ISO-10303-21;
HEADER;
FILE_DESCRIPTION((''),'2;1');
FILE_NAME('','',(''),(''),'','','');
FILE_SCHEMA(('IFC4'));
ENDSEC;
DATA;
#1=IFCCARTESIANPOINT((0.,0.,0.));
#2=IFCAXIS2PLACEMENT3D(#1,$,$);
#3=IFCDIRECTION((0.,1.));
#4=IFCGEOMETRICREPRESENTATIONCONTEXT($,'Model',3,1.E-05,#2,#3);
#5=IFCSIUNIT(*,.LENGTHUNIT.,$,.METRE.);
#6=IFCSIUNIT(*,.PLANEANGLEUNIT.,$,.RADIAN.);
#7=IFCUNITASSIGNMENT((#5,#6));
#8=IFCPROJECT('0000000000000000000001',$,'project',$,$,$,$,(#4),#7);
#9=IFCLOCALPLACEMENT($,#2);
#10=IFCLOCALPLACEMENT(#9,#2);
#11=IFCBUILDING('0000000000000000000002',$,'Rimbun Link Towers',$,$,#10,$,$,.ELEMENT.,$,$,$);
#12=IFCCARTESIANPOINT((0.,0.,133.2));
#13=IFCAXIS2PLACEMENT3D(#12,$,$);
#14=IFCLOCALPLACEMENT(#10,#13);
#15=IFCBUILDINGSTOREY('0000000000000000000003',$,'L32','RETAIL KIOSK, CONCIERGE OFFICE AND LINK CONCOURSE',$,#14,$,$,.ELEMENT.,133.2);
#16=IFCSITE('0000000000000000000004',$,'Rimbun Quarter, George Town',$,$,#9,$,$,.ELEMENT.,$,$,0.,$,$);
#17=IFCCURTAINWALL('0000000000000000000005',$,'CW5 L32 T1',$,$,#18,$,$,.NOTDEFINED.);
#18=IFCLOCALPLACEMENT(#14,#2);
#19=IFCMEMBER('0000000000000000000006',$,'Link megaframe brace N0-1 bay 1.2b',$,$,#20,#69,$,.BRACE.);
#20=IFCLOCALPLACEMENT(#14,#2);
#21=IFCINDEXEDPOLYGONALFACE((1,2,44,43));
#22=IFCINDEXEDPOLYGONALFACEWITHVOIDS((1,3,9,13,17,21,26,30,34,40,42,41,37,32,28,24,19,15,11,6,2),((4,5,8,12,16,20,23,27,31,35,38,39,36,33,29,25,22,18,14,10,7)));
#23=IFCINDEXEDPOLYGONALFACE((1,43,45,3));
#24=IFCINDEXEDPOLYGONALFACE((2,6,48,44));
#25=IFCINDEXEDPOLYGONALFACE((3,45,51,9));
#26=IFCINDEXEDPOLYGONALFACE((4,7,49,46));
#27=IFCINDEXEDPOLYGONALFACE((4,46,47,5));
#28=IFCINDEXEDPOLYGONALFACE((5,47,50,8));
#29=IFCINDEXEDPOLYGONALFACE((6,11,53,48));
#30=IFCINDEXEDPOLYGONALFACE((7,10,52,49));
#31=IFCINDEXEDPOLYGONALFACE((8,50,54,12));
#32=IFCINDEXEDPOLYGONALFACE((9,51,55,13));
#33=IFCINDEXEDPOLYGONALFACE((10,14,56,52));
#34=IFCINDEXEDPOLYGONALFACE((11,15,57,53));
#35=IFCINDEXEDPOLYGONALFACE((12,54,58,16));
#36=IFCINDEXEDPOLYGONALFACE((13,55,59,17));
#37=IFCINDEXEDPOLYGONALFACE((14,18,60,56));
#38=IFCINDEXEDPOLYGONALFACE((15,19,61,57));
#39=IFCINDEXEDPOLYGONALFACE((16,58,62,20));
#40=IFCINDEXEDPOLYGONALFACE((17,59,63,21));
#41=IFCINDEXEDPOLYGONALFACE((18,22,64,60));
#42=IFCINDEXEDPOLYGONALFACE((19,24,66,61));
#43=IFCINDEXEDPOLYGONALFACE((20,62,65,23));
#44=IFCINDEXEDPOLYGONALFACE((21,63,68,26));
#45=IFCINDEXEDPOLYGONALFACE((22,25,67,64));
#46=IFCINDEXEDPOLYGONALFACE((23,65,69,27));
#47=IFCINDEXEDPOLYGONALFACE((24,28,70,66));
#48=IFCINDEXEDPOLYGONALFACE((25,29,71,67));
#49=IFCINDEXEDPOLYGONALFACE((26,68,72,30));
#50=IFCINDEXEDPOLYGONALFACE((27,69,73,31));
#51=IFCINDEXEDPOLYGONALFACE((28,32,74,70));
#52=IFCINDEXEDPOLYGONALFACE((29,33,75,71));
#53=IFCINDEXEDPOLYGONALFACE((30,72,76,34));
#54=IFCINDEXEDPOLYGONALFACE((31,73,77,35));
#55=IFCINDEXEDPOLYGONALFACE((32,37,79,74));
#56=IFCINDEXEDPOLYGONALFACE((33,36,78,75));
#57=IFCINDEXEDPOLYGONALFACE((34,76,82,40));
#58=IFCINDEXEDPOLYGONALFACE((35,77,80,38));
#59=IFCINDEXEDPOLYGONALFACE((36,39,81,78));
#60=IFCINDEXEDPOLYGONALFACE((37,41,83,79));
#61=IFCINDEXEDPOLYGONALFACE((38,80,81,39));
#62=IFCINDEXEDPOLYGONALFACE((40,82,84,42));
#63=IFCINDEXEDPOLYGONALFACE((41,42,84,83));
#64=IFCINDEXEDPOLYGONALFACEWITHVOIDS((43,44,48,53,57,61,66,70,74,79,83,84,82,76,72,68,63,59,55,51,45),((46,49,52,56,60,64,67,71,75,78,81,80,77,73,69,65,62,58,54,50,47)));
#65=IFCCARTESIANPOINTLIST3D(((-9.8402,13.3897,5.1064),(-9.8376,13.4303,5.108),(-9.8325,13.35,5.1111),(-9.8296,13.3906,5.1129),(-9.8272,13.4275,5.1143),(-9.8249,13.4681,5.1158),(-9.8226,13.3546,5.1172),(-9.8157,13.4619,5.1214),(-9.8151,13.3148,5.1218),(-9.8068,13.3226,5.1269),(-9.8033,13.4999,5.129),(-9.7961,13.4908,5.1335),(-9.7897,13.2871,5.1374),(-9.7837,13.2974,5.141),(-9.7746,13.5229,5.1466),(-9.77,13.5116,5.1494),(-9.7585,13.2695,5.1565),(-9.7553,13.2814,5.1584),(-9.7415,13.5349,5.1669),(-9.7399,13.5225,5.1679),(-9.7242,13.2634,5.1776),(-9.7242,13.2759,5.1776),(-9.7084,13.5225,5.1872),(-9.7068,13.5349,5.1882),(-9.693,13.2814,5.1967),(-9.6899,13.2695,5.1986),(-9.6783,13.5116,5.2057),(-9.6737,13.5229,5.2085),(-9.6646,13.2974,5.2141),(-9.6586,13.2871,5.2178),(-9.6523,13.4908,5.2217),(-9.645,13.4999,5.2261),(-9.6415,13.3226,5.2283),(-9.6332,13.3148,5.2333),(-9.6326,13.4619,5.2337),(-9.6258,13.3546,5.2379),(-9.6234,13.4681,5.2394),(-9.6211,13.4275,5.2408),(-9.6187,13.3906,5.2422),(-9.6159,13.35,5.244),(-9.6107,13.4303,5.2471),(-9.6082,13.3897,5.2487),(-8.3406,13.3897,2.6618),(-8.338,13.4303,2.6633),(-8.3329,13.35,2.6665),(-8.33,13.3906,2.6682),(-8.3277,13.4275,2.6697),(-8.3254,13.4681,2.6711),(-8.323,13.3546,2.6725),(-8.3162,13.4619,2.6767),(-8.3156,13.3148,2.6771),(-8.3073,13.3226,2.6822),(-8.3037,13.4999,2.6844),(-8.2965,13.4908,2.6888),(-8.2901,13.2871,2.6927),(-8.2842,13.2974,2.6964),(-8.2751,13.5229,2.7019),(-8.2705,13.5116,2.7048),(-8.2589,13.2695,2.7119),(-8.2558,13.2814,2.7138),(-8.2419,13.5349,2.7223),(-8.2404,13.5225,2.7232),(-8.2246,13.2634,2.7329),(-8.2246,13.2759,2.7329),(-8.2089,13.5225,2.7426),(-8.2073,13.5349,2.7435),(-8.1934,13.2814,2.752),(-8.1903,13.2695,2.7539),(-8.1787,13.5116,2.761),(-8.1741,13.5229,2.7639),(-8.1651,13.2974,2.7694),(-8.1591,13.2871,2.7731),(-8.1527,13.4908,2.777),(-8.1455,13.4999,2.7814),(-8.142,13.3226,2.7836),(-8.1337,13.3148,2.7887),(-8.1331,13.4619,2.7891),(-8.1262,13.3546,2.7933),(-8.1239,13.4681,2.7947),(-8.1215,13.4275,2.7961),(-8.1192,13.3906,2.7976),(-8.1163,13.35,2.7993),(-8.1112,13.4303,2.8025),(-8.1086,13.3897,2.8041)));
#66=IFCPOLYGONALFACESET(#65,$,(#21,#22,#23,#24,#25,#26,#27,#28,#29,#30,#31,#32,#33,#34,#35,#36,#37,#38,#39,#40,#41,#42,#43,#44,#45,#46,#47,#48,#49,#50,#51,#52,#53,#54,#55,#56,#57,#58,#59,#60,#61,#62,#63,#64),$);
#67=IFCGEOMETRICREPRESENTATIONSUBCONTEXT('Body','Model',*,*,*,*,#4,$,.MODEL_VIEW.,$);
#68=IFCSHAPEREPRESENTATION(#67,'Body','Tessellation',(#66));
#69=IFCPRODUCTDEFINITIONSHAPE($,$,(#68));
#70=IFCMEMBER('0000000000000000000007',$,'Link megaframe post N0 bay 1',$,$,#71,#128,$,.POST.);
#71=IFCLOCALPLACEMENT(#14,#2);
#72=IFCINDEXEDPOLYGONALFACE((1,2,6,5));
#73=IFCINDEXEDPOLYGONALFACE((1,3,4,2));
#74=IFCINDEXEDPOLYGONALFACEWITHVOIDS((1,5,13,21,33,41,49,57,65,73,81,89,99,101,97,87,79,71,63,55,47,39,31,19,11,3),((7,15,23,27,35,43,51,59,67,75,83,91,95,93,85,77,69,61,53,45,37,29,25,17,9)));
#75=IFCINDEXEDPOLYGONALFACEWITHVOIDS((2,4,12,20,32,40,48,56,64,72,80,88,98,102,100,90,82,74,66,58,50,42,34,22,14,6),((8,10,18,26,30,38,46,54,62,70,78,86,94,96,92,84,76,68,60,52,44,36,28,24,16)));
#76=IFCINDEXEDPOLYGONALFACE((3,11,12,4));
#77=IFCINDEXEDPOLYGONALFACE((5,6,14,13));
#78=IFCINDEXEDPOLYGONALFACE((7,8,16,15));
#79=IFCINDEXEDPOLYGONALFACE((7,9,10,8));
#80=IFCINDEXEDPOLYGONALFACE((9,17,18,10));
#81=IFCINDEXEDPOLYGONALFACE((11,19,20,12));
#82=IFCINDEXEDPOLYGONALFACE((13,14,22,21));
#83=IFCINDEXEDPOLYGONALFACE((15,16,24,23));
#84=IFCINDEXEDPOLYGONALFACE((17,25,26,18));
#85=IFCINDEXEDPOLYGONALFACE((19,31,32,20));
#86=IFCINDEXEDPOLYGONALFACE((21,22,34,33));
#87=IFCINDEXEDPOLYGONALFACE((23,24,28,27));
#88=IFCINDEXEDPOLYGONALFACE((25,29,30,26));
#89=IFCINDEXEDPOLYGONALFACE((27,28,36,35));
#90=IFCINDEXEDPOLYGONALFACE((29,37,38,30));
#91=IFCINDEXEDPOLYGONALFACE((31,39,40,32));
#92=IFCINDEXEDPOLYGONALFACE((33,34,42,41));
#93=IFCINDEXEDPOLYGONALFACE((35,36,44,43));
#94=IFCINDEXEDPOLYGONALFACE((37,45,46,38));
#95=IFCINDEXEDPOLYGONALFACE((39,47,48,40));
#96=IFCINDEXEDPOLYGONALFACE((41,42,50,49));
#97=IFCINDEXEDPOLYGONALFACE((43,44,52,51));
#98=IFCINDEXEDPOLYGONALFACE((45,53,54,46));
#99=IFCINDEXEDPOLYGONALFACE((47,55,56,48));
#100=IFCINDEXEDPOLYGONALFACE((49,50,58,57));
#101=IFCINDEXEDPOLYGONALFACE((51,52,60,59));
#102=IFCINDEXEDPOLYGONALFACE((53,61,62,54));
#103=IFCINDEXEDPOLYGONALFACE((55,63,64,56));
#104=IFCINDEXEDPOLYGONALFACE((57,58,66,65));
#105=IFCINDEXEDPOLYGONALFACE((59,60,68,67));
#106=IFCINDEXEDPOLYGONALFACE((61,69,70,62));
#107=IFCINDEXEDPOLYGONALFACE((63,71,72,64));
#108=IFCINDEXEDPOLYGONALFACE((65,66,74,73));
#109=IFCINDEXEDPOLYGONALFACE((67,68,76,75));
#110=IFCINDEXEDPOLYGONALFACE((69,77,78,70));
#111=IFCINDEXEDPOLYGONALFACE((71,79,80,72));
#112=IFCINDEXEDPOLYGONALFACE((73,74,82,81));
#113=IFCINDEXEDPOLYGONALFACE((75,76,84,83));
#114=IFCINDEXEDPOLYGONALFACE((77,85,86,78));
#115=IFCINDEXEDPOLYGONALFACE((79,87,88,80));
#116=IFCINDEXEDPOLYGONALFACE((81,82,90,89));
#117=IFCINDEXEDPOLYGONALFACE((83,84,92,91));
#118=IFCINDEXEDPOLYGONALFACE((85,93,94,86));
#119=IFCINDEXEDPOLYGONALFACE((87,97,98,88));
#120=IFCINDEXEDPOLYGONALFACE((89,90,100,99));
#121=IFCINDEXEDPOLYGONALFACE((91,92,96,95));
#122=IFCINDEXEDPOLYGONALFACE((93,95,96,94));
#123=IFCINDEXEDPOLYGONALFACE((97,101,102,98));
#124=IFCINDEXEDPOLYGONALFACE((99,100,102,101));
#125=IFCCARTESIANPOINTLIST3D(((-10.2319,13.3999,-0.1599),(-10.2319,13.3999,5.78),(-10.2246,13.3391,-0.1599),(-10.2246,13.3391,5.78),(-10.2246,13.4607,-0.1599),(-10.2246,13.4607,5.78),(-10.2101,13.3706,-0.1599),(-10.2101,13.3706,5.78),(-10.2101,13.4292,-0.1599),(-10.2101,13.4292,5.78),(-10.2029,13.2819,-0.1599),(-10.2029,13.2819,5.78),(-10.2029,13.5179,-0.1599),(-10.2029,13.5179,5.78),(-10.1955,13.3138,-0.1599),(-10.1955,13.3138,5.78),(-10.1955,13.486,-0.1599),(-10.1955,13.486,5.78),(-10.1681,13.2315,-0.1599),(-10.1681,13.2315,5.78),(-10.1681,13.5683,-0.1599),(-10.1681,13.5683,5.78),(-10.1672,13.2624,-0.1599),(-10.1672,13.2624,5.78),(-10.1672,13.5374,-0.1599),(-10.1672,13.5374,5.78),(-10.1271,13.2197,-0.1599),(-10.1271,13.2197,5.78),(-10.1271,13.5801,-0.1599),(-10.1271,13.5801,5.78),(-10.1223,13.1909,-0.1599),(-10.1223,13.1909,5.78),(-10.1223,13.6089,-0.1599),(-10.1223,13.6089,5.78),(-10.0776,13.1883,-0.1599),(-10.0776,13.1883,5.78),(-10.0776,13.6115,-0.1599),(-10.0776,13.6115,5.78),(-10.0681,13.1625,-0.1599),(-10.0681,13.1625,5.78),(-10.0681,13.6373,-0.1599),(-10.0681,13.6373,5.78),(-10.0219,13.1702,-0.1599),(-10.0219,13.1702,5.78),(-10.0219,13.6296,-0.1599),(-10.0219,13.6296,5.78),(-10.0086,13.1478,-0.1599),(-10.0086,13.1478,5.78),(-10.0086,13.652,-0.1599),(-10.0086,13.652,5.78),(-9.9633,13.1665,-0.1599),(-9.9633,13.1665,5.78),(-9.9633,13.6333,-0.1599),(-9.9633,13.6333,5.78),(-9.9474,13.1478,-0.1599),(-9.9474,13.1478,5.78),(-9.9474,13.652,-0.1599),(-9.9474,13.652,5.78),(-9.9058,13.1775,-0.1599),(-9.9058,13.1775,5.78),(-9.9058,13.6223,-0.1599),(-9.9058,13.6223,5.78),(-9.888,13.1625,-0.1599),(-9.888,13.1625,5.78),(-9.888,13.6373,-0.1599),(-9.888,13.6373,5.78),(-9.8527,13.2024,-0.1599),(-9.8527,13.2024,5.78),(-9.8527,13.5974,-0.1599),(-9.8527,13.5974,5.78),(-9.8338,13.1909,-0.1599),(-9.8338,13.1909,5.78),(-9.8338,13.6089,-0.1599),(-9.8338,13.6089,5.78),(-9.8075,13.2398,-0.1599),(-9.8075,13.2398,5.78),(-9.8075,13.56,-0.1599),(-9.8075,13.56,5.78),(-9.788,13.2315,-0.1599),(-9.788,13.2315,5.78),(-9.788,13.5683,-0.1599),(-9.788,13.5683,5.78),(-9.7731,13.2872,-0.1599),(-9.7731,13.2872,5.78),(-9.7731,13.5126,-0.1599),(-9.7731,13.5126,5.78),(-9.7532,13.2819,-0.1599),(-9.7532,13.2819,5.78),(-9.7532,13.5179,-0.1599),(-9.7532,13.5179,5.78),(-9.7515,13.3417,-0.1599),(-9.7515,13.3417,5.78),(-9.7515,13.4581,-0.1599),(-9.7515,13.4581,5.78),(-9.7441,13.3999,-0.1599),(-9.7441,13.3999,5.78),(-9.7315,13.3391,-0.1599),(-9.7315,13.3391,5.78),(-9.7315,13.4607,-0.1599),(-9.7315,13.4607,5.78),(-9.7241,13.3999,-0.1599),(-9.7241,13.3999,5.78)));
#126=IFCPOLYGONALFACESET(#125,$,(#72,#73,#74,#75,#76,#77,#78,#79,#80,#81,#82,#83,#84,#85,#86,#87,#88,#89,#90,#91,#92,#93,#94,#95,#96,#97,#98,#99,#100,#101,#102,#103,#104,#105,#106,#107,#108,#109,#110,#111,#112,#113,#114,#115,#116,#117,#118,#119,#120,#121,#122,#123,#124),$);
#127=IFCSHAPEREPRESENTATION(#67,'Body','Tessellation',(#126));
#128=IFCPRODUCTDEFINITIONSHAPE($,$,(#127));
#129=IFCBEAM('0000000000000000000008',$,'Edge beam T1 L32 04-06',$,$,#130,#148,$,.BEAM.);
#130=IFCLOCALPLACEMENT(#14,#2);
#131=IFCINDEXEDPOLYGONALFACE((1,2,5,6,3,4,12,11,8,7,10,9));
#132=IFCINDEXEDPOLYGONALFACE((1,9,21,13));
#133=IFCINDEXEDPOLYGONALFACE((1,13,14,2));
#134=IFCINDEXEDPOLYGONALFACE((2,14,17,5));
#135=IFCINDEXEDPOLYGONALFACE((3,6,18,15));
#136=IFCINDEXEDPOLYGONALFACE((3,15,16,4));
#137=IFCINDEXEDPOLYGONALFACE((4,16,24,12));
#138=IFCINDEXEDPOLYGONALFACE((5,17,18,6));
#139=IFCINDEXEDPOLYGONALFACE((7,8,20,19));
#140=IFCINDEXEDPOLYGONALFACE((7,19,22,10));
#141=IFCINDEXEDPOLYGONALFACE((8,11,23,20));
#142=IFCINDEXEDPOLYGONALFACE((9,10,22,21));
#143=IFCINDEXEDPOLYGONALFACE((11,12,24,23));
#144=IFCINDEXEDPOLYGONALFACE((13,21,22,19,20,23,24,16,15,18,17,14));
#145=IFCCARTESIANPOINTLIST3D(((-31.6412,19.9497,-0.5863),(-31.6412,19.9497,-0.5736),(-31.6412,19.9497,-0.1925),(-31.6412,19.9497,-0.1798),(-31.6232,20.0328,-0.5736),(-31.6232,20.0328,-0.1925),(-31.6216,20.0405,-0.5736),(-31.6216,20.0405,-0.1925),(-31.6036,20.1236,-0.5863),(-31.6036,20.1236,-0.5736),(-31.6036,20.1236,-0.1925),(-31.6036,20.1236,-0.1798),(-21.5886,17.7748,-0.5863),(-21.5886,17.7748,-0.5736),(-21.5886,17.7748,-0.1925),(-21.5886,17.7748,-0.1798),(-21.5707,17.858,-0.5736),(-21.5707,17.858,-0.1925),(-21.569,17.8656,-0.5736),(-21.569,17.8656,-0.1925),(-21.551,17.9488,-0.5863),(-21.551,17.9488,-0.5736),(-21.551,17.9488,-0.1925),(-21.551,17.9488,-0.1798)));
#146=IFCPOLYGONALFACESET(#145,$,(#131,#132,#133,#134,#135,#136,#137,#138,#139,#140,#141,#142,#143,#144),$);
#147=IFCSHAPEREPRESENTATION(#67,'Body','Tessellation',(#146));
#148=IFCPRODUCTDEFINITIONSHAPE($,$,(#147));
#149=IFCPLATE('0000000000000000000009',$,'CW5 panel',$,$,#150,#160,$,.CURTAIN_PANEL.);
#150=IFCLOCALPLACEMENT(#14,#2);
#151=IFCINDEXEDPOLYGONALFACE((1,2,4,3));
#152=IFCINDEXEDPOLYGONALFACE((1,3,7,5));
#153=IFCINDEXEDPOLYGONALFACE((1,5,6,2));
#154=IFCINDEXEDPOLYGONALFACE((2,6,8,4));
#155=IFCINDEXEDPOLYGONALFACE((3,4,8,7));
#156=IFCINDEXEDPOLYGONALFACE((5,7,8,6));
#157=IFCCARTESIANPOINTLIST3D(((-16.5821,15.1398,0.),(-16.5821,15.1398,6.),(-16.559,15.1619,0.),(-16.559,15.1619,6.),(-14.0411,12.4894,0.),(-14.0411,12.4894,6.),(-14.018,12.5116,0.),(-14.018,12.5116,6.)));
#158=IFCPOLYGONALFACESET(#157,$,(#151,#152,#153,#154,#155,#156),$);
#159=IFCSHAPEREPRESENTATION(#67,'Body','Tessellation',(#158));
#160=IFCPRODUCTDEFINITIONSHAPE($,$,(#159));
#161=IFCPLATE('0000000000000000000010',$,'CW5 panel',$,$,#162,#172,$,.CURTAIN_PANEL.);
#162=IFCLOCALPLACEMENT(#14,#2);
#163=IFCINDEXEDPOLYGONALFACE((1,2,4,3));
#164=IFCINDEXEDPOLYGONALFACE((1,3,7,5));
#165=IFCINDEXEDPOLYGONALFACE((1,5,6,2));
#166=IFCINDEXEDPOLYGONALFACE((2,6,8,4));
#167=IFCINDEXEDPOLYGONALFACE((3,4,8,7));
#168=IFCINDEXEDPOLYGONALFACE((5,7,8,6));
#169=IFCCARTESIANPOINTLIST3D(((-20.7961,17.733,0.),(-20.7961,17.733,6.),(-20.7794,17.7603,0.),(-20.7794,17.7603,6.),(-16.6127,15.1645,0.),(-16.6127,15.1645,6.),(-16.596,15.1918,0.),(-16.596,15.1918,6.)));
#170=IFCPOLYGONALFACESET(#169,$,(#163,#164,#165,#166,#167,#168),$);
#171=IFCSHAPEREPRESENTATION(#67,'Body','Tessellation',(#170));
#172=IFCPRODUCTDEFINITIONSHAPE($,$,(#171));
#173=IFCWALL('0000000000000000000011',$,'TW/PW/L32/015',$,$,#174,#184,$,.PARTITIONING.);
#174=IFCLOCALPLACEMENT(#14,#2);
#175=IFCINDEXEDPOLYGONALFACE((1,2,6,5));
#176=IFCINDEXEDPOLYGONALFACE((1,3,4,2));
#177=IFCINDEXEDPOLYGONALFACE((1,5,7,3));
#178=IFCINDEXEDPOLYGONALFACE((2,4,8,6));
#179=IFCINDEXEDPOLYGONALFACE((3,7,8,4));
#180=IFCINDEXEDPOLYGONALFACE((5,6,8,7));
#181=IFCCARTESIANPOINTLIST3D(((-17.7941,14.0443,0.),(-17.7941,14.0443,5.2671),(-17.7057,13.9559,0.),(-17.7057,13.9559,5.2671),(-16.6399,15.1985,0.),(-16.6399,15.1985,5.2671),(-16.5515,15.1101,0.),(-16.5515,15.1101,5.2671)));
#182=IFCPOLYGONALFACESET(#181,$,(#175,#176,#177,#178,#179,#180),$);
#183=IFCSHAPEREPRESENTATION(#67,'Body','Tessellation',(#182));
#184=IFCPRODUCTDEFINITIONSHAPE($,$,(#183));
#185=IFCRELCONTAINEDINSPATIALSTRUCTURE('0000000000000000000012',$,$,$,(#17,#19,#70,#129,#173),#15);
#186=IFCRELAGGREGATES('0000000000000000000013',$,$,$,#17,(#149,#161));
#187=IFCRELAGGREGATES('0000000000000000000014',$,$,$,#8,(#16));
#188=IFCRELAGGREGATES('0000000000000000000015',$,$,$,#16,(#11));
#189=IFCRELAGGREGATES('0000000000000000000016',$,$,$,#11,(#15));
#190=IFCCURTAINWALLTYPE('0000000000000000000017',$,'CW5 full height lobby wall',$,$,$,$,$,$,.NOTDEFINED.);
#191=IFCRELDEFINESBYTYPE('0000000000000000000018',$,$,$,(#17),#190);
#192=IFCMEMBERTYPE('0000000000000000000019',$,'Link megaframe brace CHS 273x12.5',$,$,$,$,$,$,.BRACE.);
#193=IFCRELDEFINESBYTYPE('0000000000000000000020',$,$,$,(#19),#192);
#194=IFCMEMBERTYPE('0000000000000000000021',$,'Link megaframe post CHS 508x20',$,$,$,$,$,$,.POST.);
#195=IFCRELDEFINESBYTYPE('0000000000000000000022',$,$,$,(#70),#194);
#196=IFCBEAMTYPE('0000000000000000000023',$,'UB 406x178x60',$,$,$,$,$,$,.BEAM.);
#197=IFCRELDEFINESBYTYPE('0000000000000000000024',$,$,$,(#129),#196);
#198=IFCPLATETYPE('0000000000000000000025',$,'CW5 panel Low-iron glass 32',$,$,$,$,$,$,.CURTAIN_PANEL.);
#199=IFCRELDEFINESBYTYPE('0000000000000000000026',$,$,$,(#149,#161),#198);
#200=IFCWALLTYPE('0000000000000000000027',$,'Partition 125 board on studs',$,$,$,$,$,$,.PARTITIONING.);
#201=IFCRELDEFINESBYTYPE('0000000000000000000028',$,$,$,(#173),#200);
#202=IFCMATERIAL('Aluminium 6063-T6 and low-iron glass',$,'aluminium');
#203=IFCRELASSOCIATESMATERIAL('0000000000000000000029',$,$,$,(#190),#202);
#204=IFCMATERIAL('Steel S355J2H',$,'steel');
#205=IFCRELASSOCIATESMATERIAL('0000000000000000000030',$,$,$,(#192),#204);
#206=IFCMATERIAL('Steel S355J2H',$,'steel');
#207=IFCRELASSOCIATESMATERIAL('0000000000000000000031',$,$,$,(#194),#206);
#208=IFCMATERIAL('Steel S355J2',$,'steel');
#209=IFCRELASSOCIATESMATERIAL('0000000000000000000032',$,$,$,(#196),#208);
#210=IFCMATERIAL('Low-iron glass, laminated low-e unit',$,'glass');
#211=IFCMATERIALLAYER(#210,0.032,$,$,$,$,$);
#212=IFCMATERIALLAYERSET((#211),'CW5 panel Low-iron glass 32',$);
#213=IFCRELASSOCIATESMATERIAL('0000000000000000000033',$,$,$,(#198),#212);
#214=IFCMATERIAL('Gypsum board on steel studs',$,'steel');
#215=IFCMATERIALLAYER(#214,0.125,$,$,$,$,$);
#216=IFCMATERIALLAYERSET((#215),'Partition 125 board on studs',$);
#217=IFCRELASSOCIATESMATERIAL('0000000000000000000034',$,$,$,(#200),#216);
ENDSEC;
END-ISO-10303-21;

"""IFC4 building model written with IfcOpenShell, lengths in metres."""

from ifc_helpers import new_model, si_unit, direction, frame, frame_2d, origin, origin_2d, place, context, subcontext, project, spatial, rectangle, hollow_circle, i_section, extrude, material, layer, layer_set, material_profile, profile_set, type_object, element, aggregate, save


model = new_model("IFC4")

# Units and contexts
model_context = context("Model", 3, precision=1e-05, world=origin(), true_north=direction((0.0, 1.0)))
body_context = subcontext(model_context, "Body", "Model", "MODEL_VIEW")
ifc_project = project(units=[si_unit("LENGTHUNIT", "METRE"), si_unit("PLANEANGLEUNIT", "RADIAN")], contexts=[model_context])

# Site, building, storey
site_placement = place(None, origin())
site = spatial("IfcSite", under=ifc_project, at=site_placement, Name="Rimbun Quarter, George Town", CompositionType="ELEMENT", RefElevation=0.0)
building_placement = place(site_placement, origin())
building = spatial("IfcBuilding", under=site, at=building_placement, Name="Rimbun Link Towers", CompositionType="ELEMENT")
storey_placement = place(building_placement, frame((0.0, 0.0, 133.2)))
storey = spatial("IfcBuildingStorey", under=building, at=storey_placement, Name="L32", Description="RETAIL KIOSK, CONCIERGE OFFICE AND LINK CONCOURSE", CompositionType="ELEMENT", Elevation=133.2)

# Curtain wall
ifc_material_1 = material(Name="Aluminium 6063-T6 and low-iron glass", Category="aluminium")
curtain_wall_type = type_object("IfcCurtainWallType", Name="CW5 full height lobby wall", PredefinedType="NOTDEFINED", material=ifc_material_1)
curtain_wall_1_placement = place(storey_placement, origin())
curtain_wall_1 = element("IfcCurtainWall", 1, at=curtain_wall_1_placement, inside=storey, type_object=curtain_wall_type, Name="CW5 L32 T1", PredefinedType="NOTDEFINED")

# Members
ifc_material_2 = material(Name="Steel S355J2H", Category="steel")
ifc_material_profile_1 = material_profile(ifc_material_2, hollow_circle(Radius=0.1365, WallThickness=0.0125, at=origin_2d()), Name="CHS 273x12.5")
ifc_profile_set_1 = profile_set([ifc_material_profile_1], Name="Steel S355J2H")
member_type_1 = type_object("IfcMemberType", Name="Link megaframe brace CHS 273x12.5", PredefinedType="BRACE", material=ifc_profile_set_1)
member_1_placement = place(storey_placement, frame((-8.2246, 13.3999, 2.7329), z_axis=(-0.522871, 0.0, 0.852412), x_axis=(0.0, -1.0, 0.0)))
element("IfcMember", 2, at=member_1_placement, inside=storey, type_object=member_type_1, Name="Link megaframe brace N0-1 bay 1.2b", PredefinedType="BRACE", context=body_context, shape_type="SweptSolid", body=[
    extrude(hollow_circle(Radius=0.1365, WallThickness=0.0125, at=origin_2d()), origin(), (0.0, 0.0, 1.0), 2.8679),
])
ifc_material_3 = material(Name="Steel S355J2H", Category="steel")
ifc_material_profile_2 = material_profile(ifc_material_3, hollow_circle(Radius=0.2539, WallThickness=0.02, at=origin_2d()), Name="CHS 508x20")
ifc_profile_set_2 = profile_set([ifc_material_profile_2], Name="Steel S355J2H")
member_type_2 = type_object("IfcMemberType", Name="Link megaframe post CHS 508x20", PredefinedType="POST", material=ifc_profile_set_2)
member_2_placement = place(storey_placement, frame((-9.978, 13.3999, -0.1599), z_axis=(0.0, 0.0, 1.0), x_axis=(1.0, 0.0, 0.0)))
element("IfcMember", 3, at=member_2_placement, inside=storey, type_object=member_type_2, Name="Link megaframe post N0 bay 1", PredefinedType="POST", context=body_context, shape_type="SweptSolid", body=[
    extrude(hollow_circle(Radius=0.2539, WallThickness=0.02, at=origin_2d()), origin(), (0.0, 0.0, 1.0), 5.9399),
])

# Beam
ifc_material_4 = material(Name="Steel S355J2", Category="steel")
ifc_material_profile_3 = material_profile(ifc_material_4, i_section(OverallWidth=0.178, OverallDepth=0.4065, WebThickness=0.0078, FlangeThickness=0.0127, at=origin_2d()), Name="UB 406x178x60")
ifc_profile_set_3 = profile_set([ifc_material_profile_3], Name="Steel S355J2")
beam_type = type_object("IfcBeamType", Name="UB 406x178x60", PredefinedType="BEAM", material=ifc_profile_set_3)
beam_placement = place(storey_placement, frame((-21.5698, 17.8618, -0.3831), z_axis=(-0.977388, 0.211453, 0.0), x_axis=(-0.211453, -0.977388, 0.0)))
element("IfcBeam", 4, at=beam_placement, inside=storey, type_object=beam_type, Name="Edge beam T1 L32 04-06", PredefinedType="BEAM", context=body_context, shape_type="SweptSolid", body=[
    extrude(i_section(OverallWidth=0.178, OverallDepth=0.4065, WebThickness=0.0078, FlangeThickness=0.0127, at=origin_2d()), origin(), (0.0, 0.0, 1.0), 10.2852),
])

# Plates
ifc_material_5 = material(Name="Low-iron glass, laminated low-e unit", Category="glass")
ifc_layer_1 = layer(ifc_material_5, 0.032)
ifc_layer_set_1 = layer_set([ifc_layer_1], Name="CW5 panel Low-iron glass 32")
plate_type = type_object("IfcPlateType", Name="CW5 panel Low-iron glass 32", PredefinedType="CURTAIN_PANEL", material=ifc_layer_set_1)
plate_1_placement = place(storey_placement, frame((-15.3, 13.8257, 0.0), z_axis=(0.0, 0.0, 1.0), x_axis=(0.692041, -0.721858, 0.0)))
plate_1 = element("IfcPlate", 5, at=plate_1_placement, type_object=plate_type, Name="CW5 panel", PredefinedType="CURTAIN_PANEL", context=body_context, shape_type="SweptSolid", body=[
    extrude(rectangle(XDim=3.6716, YDim=0.032, at=origin_2d()), origin(), (0.0, 0.0, 1.0), 6.0),
])
plate_2_placement = place(storey_placement, frame((-18.696, 16.4624, 0.0), z_axis=(0.0, 0.0, 1.0), x_axis=(0.852194, -0.523225, 0.0)))
plate_2 = element("IfcPlate", 6, at=plate_2_placement, type_object=plate_type, Name="CW5 panel", PredefinedType="CURTAIN_PANEL", context=body_context, shape_type="SweptSolid", body=[
    extrude(rectangle(XDim=4.9089, YDim=0.032, at=origin_2d()), origin(), (0.0, 0.0, 1.0), 6.0),
])
aggregate(curtain_wall_1, [plate_1, plate_2])

# Wall
ifc_material_6 = material(Name="Gypsum board on steel studs", Category="steel")
ifc_layer_2 = layer(ifc_material_6, 0.125)
ifc_layer_set_2 = layer_set([ifc_layer_2], Name="Partition 125 board on studs")
wall_type = type_object("IfcWallType", Name="Partition 125 board on studs", PredefinedType="PARTITIONING", material=ifc_layer_set_2)
wall_1_placement = place(storey_placement, frame((-16.5957, 15.1543, 0.0), z_axis=(0.0, 0.0, 1.0), x_axis=(-0.707107, -0.707107, 0.0)))
element("IfcWall", 7, at=wall_1_placement, inside=storey, type_object=wall_type, Name="TW/PW/L32/015", PredefinedType="PARTITIONING", context=body_context, shape_type="SweptSolid", body=[
    extrude(rectangle(XDim=1.6323, YDim=0.125, at=frame_2d((0.8162, 0.0))), origin(), (0.0, 0.0, 1.0), 5.2671),
])

save(model, "model.ifc")
